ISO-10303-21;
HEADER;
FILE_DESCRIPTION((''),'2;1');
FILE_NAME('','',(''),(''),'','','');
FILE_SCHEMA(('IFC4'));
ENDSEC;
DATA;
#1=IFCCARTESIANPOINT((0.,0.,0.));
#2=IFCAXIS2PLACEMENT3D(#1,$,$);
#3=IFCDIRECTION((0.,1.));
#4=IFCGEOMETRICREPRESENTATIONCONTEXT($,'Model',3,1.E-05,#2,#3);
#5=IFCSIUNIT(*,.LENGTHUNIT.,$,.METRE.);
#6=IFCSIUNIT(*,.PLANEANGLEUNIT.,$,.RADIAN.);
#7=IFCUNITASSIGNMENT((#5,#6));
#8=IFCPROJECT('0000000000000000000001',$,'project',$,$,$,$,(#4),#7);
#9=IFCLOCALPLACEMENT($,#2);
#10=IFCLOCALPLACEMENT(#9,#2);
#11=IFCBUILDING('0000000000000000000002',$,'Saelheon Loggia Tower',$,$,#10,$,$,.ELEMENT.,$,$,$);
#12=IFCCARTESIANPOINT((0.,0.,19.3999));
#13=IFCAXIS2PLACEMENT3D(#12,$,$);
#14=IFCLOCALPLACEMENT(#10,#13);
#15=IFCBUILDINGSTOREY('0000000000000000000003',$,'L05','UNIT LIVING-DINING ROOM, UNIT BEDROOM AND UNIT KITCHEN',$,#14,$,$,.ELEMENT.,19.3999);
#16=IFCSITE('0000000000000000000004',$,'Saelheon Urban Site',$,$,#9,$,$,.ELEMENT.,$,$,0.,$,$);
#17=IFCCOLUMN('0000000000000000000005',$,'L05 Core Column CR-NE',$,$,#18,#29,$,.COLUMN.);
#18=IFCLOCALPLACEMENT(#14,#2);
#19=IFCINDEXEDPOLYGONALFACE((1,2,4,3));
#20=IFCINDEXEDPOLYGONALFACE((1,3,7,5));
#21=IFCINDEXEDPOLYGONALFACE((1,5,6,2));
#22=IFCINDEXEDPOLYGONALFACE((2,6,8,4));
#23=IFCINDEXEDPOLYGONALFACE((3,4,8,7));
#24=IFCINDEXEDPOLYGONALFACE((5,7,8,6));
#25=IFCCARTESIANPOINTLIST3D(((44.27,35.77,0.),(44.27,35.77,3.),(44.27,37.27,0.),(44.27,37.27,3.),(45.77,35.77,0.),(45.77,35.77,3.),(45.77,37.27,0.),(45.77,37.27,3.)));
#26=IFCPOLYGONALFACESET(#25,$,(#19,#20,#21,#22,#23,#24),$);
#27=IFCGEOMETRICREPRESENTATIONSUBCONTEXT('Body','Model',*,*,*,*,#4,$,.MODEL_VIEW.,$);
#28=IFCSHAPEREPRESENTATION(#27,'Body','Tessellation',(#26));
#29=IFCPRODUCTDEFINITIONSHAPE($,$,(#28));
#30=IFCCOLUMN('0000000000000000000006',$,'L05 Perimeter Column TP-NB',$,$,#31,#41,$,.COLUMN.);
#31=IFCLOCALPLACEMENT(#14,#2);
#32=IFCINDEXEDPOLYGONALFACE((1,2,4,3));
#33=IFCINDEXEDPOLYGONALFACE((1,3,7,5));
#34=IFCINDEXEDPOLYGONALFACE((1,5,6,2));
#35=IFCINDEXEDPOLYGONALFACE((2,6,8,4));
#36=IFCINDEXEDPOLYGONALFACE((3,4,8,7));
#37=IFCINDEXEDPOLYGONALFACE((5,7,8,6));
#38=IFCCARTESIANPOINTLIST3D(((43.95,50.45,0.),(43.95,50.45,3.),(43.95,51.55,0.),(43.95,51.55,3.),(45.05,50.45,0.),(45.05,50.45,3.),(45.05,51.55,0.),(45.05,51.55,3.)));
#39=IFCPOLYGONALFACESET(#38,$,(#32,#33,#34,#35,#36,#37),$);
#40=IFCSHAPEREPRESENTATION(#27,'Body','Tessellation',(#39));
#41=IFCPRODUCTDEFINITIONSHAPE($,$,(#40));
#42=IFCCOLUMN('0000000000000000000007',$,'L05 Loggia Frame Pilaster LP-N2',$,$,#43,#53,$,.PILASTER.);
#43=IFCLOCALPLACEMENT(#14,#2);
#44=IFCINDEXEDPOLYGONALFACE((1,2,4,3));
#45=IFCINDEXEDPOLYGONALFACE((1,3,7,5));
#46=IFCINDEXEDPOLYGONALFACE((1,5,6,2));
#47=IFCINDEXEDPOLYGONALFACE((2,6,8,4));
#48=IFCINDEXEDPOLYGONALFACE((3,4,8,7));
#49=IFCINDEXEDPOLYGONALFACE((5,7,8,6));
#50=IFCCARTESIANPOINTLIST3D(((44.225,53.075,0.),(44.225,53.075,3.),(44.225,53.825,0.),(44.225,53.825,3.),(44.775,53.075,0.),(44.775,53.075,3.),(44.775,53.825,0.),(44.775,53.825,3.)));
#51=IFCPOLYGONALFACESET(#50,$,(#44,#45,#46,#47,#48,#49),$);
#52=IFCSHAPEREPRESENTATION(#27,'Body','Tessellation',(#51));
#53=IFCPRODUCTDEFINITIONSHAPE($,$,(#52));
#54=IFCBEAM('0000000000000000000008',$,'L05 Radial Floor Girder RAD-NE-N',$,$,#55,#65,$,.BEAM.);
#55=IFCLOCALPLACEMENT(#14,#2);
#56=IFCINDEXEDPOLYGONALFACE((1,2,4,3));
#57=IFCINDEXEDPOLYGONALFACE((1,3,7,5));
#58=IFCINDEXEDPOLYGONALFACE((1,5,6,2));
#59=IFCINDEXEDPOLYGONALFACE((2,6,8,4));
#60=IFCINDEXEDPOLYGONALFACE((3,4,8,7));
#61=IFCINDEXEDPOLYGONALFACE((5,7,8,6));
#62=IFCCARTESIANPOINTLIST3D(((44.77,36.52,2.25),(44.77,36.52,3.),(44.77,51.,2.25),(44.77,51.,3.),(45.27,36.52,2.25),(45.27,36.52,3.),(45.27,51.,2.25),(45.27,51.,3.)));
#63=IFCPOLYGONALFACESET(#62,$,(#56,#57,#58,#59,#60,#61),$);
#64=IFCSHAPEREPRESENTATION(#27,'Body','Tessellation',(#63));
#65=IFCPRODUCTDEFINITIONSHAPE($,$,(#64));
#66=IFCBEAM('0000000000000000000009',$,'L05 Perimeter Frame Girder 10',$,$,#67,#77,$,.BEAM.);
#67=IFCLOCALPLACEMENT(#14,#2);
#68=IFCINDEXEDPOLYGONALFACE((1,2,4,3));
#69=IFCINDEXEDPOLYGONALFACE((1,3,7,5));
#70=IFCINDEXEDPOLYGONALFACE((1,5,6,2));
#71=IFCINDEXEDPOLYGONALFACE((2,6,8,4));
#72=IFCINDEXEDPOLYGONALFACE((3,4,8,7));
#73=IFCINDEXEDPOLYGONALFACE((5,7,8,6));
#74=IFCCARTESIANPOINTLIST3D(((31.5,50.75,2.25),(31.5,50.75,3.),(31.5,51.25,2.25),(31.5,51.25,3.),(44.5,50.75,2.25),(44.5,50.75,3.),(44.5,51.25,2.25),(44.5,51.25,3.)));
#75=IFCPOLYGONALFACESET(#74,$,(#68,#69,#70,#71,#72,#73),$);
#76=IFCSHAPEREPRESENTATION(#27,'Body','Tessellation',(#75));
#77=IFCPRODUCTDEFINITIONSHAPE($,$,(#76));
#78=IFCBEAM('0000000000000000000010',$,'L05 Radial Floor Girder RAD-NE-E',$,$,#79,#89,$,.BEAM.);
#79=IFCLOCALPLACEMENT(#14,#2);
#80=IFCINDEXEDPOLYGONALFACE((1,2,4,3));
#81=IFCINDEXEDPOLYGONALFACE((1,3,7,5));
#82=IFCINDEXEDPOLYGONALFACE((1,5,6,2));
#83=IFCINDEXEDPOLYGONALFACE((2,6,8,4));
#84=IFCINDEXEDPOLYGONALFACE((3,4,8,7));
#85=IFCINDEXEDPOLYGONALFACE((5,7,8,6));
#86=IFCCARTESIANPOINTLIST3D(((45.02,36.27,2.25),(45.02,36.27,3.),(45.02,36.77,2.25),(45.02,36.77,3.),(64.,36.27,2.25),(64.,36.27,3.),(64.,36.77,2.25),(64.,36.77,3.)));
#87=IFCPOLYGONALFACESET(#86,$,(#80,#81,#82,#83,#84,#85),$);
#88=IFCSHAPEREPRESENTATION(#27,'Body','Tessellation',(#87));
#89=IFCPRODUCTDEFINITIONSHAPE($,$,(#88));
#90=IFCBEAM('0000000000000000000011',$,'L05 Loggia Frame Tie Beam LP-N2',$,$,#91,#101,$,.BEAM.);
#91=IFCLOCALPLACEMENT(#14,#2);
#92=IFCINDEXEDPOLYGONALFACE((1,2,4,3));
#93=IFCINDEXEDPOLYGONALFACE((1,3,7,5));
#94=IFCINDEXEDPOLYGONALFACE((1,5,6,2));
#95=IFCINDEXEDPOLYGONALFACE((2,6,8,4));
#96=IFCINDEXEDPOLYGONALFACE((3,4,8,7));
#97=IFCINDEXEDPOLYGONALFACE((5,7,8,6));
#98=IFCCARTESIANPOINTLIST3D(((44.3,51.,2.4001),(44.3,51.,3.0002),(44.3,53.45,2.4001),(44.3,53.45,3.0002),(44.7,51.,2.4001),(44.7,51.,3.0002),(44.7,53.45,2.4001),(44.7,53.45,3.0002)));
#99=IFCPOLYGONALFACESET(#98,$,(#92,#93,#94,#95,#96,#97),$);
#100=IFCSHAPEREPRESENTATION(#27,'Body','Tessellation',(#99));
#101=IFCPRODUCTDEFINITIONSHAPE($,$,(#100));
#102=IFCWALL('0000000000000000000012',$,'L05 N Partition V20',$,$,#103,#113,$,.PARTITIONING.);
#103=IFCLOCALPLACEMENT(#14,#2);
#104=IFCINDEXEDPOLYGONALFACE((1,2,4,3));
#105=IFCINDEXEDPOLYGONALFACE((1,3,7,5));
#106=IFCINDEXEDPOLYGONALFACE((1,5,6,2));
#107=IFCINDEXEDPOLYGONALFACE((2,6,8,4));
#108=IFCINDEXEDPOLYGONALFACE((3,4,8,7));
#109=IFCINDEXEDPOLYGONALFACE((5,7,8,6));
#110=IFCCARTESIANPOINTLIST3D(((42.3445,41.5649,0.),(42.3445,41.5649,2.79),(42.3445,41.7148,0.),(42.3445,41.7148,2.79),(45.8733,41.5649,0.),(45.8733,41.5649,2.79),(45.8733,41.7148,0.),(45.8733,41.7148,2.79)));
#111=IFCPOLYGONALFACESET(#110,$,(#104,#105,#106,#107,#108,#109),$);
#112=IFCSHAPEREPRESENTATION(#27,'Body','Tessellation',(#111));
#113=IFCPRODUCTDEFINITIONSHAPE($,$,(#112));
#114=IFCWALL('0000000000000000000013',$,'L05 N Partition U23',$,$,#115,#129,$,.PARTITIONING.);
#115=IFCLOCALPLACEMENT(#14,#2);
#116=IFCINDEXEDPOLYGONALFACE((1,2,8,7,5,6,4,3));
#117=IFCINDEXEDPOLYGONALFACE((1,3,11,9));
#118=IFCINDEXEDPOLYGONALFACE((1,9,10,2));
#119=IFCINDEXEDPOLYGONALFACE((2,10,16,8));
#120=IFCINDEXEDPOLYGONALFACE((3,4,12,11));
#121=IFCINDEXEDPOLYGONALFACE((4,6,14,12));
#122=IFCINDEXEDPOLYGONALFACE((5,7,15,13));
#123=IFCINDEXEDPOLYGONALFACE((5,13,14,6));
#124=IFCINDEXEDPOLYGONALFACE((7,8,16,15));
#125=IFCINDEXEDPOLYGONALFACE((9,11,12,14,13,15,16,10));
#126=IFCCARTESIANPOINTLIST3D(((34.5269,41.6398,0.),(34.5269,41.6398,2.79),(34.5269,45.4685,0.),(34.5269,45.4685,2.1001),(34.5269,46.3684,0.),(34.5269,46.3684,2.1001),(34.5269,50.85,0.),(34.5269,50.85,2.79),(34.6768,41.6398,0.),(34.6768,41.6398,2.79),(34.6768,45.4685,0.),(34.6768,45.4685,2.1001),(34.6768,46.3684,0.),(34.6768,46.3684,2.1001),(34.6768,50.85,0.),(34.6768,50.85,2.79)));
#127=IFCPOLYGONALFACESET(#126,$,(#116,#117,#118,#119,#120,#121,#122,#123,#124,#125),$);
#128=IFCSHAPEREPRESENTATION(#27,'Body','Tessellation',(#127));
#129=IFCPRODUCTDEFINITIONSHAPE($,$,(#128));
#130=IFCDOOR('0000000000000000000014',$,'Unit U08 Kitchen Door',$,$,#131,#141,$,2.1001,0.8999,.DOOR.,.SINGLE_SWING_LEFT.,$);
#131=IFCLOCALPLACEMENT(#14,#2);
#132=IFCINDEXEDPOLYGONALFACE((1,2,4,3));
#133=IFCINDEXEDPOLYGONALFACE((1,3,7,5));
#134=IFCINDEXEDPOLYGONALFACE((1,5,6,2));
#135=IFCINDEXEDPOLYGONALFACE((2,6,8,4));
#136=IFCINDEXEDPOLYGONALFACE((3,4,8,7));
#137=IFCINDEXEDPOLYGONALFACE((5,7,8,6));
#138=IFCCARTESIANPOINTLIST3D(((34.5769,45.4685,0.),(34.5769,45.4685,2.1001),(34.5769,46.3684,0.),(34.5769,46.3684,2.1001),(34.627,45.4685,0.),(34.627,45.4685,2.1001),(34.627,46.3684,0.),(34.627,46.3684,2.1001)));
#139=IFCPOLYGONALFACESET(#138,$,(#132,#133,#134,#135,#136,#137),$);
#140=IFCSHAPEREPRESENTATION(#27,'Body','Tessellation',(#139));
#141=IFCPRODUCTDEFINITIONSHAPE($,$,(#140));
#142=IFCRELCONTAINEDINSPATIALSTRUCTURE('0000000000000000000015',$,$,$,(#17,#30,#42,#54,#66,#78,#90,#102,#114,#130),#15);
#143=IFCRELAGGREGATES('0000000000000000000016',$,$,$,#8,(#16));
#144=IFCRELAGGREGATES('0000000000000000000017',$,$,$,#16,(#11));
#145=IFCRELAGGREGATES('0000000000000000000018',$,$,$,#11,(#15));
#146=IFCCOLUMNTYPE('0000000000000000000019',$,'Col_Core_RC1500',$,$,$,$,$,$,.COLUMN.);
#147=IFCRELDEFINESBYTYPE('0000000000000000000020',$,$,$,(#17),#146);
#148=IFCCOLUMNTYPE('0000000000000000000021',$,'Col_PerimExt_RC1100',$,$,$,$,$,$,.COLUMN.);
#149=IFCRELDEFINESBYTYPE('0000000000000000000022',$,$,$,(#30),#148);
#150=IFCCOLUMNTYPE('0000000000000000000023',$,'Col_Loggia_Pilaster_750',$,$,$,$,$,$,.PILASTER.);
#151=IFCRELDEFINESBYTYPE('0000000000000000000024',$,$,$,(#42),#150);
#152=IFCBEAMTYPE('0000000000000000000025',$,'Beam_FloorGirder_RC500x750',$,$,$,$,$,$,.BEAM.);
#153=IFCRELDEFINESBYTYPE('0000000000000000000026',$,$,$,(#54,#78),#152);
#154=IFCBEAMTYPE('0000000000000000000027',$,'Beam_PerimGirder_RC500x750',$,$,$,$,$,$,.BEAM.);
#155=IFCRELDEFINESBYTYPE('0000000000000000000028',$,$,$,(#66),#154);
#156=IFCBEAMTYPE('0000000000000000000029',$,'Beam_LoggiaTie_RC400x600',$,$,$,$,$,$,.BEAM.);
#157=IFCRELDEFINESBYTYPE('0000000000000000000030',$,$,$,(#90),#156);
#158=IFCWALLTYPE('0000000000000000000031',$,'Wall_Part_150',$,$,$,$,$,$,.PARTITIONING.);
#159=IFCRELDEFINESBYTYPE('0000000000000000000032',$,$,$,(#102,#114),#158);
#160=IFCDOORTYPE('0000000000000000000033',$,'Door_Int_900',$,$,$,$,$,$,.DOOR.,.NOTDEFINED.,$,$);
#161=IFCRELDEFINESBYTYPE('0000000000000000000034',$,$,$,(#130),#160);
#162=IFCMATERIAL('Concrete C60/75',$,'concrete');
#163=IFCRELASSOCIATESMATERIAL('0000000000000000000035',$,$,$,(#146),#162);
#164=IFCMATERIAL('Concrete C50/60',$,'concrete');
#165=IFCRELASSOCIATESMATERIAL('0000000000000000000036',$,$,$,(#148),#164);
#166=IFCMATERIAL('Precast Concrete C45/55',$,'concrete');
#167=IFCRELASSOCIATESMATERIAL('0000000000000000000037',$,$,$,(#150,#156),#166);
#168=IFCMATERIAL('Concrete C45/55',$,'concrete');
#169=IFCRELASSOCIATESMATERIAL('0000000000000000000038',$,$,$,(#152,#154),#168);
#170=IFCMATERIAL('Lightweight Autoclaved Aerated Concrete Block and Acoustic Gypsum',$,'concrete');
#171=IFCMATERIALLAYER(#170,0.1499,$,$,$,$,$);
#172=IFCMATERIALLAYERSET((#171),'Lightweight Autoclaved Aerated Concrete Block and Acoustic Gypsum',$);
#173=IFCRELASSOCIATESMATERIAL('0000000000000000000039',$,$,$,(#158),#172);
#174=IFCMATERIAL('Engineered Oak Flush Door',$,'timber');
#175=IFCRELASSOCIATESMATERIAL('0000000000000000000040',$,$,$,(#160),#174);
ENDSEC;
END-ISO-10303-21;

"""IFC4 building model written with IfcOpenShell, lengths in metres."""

from ifc_helpers import new_model, si_unit, direction, frame, frame_2d, origin, origin_2d, place, context, subcontext, project, spatial, rectangle, extrude, source, transform, mapped, material, layer, layer_set, material_profile, profile_set, type_object, element, fill, save


model = new_model("IFC4")

# Units and contexts
model_context = context("Model", 3, precision=1e-05, world=origin(), true_north=direction((0.0, 1.0)))
body_context = subcontext(model_context, "Body", "Model", "MODEL_VIEW")
ifc_project = project(units=[si_unit("LENGTHUNIT", "METRE"), si_unit("PLANEANGLEUNIT", "RADIAN")], contexts=[model_context])

# Site, building, storey
site_placement = place(None, origin())
site = spatial("IfcSite", under=ifc_project, at=site_placement, Name="Saelheon Urban Site", CompositionType="ELEMENT", RefElevation=0.0)
building_placement = place(site_placement, origin())
building = spatial("IfcBuilding", under=site, at=building_placement, Name="Saelheon Loggia Tower", CompositionType="ELEMENT")
storey_placement = place(building_placement, frame((0.0, 0.0, 19.3999)))
storey = spatial("IfcBuildingStorey", under=building, at=storey_placement, Name="L05", Description="UNIT LIVING-DINING ROOM, UNIT BEDROOM AND UNIT KITCHEN", CompositionType="ELEMENT", Elevation=19.3999)

# Columns
ifc_material_1 = material(Name="Concrete C60/75", Category="concrete")
ifc_material_profile_1 = material_profile(ifc_material_1, rectangle(XDim=1.5, YDim=1.5, at=origin_2d()), Name="RC-1500x1500")
ifc_profile_set_1 = profile_set([ifc_material_profile_1], Name="Concrete C60/75")
column_type_1 = type_object("IfcColumnType", Name="Col_Core_RC1500", PredefinedType="COLUMN", material=ifc_profile_set_1)
shared_shape_1 = source(origin(), body_context, "Body", "SweptSolid", [
    extrude(rectangle(XDim=1.5, YDim=1.5, at=origin_2d()), origin(), (0.0, 0.0, 1.0), 3.0),
])
column_1_placement = place(storey_placement, frame((45.02, 36.52, 0.0), z_axis=(0.0, 0.0, 1.0), x_axis=(1.0, 0.0, 0.0)))
element("IfcColumn", 1, at=column_1_placement, inside=storey, type_object=column_type_1, Name="L05 Core Column CR-NE", PredefinedType="COLUMN", context=body_context, shape_type="MappedRepresentation", body=[
    mapped(shared_shape_1, transform((0.0, 0.0, 0.0), scale=1.0)),
])
ifc_material_2 = material(Name="Concrete C50/60", Category="concrete")
ifc_material_profile_2 = material_profile(ifc_material_2, rectangle(XDim=1.1001, YDim=1.1001, at=origin_2d()), Name="RC-1100x1100")
ifc_profile_set_2 = profile_set([ifc_material_profile_2], Name="Concrete C50/60")
column_type_2 = type_object("IfcColumnType", Name="Col_PerimExt_RC1100", PredefinedType="COLUMN", material=ifc_profile_set_2)
shared_shape_2 = source(origin(), body_context, "Body", "SweptSolid", [
    extrude(rectangle(XDim=1.1001, YDim=1.1001, at=origin_2d()), origin(), (0.0, 0.0, 1.0), 3.0),
])
column_2_placement = place(storey_placement, frame((44.5, 51.0, 0.0), z_axis=(0.0, 0.0, 1.0), x_axis=(1.0, 0.0, 0.0)))
element("IfcColumn", 2, at=column_2_placement, inside=storey, type_object=column_type_2, Name="L05 Perimeter Column TP-NB", PredefinedType="COLUMN", context=body_context, shape_type="MappedRepresentation", body=[
    mapped(shared_shape_2, transform((0.0, 0.0, 0.0), scale=1.0)),
])
ifc_material_3 = material(Name="Precast Concrete C45/55", Category="concrete")
ifc_material_profile_3 = material_profile(ifc_material_3, rectangle(XDim=0.55, YDim=0.75, at=origin_2d()), Name="RC-550x750")
ifc_profile_set_3 = profile_set([ifc_material_profile_3], Name="Precast Concrete C45/55")
column_type_3 = type_object("IfcColumnType", Name="Col_Loggia_Pilaster_750", PredefinedType="PILASTER", material=ifc_profile_set_3)
shared_shape_3 = source(origin(), body_context, "Body", "SweptSolid", [
    extrude(rectangle(XDim=0.55, YDim=0.75, at=origin_2d()), origin(), (0.0, 0.0, 1.0), 3.0),
])
column_3_placement = place(storey_placement, frame((44.5, 53.45, 0.0), z_axis=(0.0, 0.0, 1.0), x_axis=(1.0, 0.0, 0.0)))
element("IfcColumn", 3, at=column_3_placement, inside=storey, type_object=column_type_3, Name="L05 Loggia Frame Pilaster LP-N2", PredefinedType="PILASTER", context=body_context, shape_type="MappedRepresentation", body=[
    mapped(shared_shape_3, transform((0.0, 0.0, 0.0), scale=1.0)),
])

# Beams
ifc_material_4 = material(Name="Concrete C45/55", Category="concrete")
ifc_material_profile_4 = material_profile(ifc_material_4, rectangle(XDim=0.5, YDim=0.75, at=origin_2d()), Name="RC-500x750")
ifc_profile_set_4 = profile_set([ifc_material_profile_4], Name="Concrete C45/55")
beam_type_1 = type_object("IfcBeamType", Name="Beam_FloorGirder_RC500x750", PredefinedType="BEAM", material=ifc_profile_set_4)
shared_shape_4 = source(origin(), body_context, "Body", "SweptSolid", [
    extrude(rectangle(XDim=0.5, YDim=0.75, at=origin_2d()), origin(), (0.0, 0.0, 1.0), 14.48),
])
beam_1_placement = place(storey_placement, frame((45.02, 36.52, 2.625), z_axis=(0.0, 1.0, 0.0), x_axis=(-1.0, 0.0, 0.0)))
element("IfcBeam", 4, at=beam_1_placement, inside=storey, type_object=beam_type_1, Name="L05 Radial Floor Girder RAD-NE-N", PredefinedType="BEAM", context=body_context, shape_type="MappedRepresentation", body=[
    mapped(shared_shape_4, transform((0.0, 0.0, 0.0), scale=1.0)),
])
ifc_material_profile_5 = material_profile(ifc_material_4, rectangle(XDim=0.5, YDim=0.75, at=origin_2d()), Name="RC-500x750")
ifc_profile_set_5 = profile_set([ifc_material_profile_5], Name="Concrete C45/55")
beam_type_2 = type_object("IfcBeamType", Name="Beam_PerimGirder_RC500x750", PredefinedType="BEAM", material=ifc_profile_set_5)
shared_shape_5 = source(origin(), body_context, "Body", "SweptSolid", [
    extrude(rectangle(XDim=0.5, YDim=0.75, at=origin_2d()), origin(), (0.0, 0.0, 1.0), 13.0),
])
beam_2_placement = place(storey_placement, frame((44.5, 51.0, 2.625), z_axis=(-1.0, 0.0, 0.0), x_axis=(0.0, -1.0, 0.0)))
element("IfcBeam", 5, at=beam_2_placement, inside=storey, type_object=beam_type_2, Name="L05 Perimeter Frame Girder 10", PredefinedType="BEAM", context=body_context, shape_type="MappedRepresentation", body=[
    mapped(shared_shape_5, transform((0.0, 0.0, 0.0), scale=1.0)),
])
shared_shape_6 = source(origin(), body_context, "Body", "SweptSolid", [
    extrude(rectangle(XDim=0.5, YDim=0.75, at=origin_2d()), origin(), (0.0, 0.0, 1.0), 18.98),
])
beam_3_placement = place(storey_placement, frame((45.02, 36.52, 2.625), z_axis=(1.0, 0.0, 0.0), x_axis=(0.0, 1.0, 0.0)))
element("IfcBeam", 6, at=beam_3_placement, inside=storey, type_object=beam_type_1, Name="L05 Radial Floor Girder RAD-NE-E", PredefinedType="BEAM", context=body_context, shape_type="MappedRepresentation", body=[
    mapped(shared_shape_6, transform((0.0, 0.0, 0.0), scale=1.0)),
])
ifc_material_profile_6 = material_profile(ifc_material_3, rectangle(XDim=0.3999, YDim=0.6001, at=origin_2d()), Name="RC-400x600")
ifc_profile_set_6 = profile_set([ifc_material_profile_6], Name="Precast Concrete C45/55")
beam_type_3 = type_object("IfcBeamType", Name="Beam_LoggiaTie_RC400x600", PredefinedType="BEAM", material=ifc_profile_set_6)
shared_shape_7 = source(origin(), body_context, "Body", "SweptSolid", [
    extrude(rectangle(XDim=0.3999, YDim=0.6001, at=origin_2d()), origin(), (0.0, 0.0, 1.0), 2.45),
])
beam_4_placement = place(storey_placement, frame((44.5, 51.0, 2.7002), z_axis=(0.0, 1.0, 0.0), x_axis=(-1.0, 0.0, 0.0)))
element("IfcBeam", 7, at=beam_4_placement, inside=storey, type_object=beam_type_3, Name="L05 Loggia Frame Tie Beam LP-N2", PredefinedType="BEAM", context=body_context, shape_type="MappedRepresentation", body=[
    mapped(shared_shape_7, transform((0.0, 0.0, 0.0), scale=1.0)),
])

# Wall
ifc_material_5 = material(Name="Lightweight Autoclaved Aerated Concrete Block and Acoustic Gypsum", Category="concrete")
ifc_layer_1 = layer(ifc_material_5, 0.1499)
ifc_layer_set_1 = layer_set([ifc_layer_1], Name="Lightweight Autoclaved Aerated Concrete Block and Acoustic Gypsum")
wall_type_1 = type_object("IfcWallType", Name="Wall_Part_150", PredefinedType="PARTITIONING", material=ifc_layer_set_1)
wall_1_placement = place(storey_placement, frame((42.3445, 41.6399, 0.0), z_axis=(0.0, 0.0, 1.0), x_axis=(1.0, 0.0, 0.0)))
element("IfcWall", 8, at=wall_1_placement, inside=storey, type_object=wall_type_1, Name="L05 N Partition V20", PredefinedType="PARTITIONING", context=body_context, shape_type="SweptSolid", body=[
    extrude(rectangle(XDim=3.5288, YDim=0.1499, at=frame_2d((1.7644, 0.0))), origin(), (0.0, 0.0, 1.0), 2.79),
])

# Wall, opening, door
wall_2_placement = place(storey_placement, frame((34.6018, 41.6399, 0.0), z_axis=(0.0, 0.0, 1.0), x_axis=(0.0, 1.0, 0.0)))
wall_2 = element("IfcWall", 9, at=wall_2_placement, inside=storey, type_object=wall_type_1, Name="L05 N Partition U23", PredefinedType="PARTITIONING", context=body_context, shape_type="SweptSolid", body=[
    extrude(rectangle(XDim=9.2102, YDim=0.1499, at=frame_2d((4.605, 0.0))), origin(), (0.0, 0.0, 1.0), 2.79),
])
opening_1_placement = place(wall_2_placement, frame((3.8286, 0.0, 0.0)))
opening_1 = element("IfcOpeningElement", 10, at=opening_1_placement, cuts=wall_2, PredefinedType="OPENING", context=body_context, shape_type="SweptSolid", body=[
    extrude(rectangle(XDim=0.8999, YDim=2.1001, at=frame_2d((0.45, 1.05))), frame((0.0, 0.0869, 0.0), z_axis=(0.0, -1.0, 0.0), x_axis=(1.0, 0.0, 0.0)), (0.0, 0.0, 1.0), 0.1738),
])
ifc_material_6 = material(Name="Engineered Oak Flush Door", Category="timber")
door_type_1 = type_object("IfcDoorType", Name="Door_Int_900", OperationType="NOTDEFINED", PredefinedType="DOOR", material=ifc_material_6)
shared_shape_8 = source(origin(), body_context, "Body", "SweptSolid", [
    extrude(rectangle(XDim=0.8999, YDim=2.1001, at=frame_2d((0.45, 1.05))), frame((0.0, 0.0249, 0.0), z_axis=(0.0, -1.0, 0.0), x_axis=(1.0, 0.0, 0.0)), (0.0, 0.0, 1.0), 0.05),
])
door_1_placement = place(opening_1_placement, origin())
door_1 = element("IfcDoor", 11, at=door_1_placement, inside=storey, type_object=door_type_1, Name="Unit U08 Kitchen Door", OperationType="SINGLE_SWING_LEFT", OverallHeight=2.1001, OverallWidth=0.8999, PredefinedType="DOOR", context=body_context, shape_type="MappedRepresentation", body=[
    mapped(shared_shape_8, transform((0.0, 0.0, 0.0), scale=1.0)),
])
fill(opening_1, door_1)

save(model, "model.ifc")
